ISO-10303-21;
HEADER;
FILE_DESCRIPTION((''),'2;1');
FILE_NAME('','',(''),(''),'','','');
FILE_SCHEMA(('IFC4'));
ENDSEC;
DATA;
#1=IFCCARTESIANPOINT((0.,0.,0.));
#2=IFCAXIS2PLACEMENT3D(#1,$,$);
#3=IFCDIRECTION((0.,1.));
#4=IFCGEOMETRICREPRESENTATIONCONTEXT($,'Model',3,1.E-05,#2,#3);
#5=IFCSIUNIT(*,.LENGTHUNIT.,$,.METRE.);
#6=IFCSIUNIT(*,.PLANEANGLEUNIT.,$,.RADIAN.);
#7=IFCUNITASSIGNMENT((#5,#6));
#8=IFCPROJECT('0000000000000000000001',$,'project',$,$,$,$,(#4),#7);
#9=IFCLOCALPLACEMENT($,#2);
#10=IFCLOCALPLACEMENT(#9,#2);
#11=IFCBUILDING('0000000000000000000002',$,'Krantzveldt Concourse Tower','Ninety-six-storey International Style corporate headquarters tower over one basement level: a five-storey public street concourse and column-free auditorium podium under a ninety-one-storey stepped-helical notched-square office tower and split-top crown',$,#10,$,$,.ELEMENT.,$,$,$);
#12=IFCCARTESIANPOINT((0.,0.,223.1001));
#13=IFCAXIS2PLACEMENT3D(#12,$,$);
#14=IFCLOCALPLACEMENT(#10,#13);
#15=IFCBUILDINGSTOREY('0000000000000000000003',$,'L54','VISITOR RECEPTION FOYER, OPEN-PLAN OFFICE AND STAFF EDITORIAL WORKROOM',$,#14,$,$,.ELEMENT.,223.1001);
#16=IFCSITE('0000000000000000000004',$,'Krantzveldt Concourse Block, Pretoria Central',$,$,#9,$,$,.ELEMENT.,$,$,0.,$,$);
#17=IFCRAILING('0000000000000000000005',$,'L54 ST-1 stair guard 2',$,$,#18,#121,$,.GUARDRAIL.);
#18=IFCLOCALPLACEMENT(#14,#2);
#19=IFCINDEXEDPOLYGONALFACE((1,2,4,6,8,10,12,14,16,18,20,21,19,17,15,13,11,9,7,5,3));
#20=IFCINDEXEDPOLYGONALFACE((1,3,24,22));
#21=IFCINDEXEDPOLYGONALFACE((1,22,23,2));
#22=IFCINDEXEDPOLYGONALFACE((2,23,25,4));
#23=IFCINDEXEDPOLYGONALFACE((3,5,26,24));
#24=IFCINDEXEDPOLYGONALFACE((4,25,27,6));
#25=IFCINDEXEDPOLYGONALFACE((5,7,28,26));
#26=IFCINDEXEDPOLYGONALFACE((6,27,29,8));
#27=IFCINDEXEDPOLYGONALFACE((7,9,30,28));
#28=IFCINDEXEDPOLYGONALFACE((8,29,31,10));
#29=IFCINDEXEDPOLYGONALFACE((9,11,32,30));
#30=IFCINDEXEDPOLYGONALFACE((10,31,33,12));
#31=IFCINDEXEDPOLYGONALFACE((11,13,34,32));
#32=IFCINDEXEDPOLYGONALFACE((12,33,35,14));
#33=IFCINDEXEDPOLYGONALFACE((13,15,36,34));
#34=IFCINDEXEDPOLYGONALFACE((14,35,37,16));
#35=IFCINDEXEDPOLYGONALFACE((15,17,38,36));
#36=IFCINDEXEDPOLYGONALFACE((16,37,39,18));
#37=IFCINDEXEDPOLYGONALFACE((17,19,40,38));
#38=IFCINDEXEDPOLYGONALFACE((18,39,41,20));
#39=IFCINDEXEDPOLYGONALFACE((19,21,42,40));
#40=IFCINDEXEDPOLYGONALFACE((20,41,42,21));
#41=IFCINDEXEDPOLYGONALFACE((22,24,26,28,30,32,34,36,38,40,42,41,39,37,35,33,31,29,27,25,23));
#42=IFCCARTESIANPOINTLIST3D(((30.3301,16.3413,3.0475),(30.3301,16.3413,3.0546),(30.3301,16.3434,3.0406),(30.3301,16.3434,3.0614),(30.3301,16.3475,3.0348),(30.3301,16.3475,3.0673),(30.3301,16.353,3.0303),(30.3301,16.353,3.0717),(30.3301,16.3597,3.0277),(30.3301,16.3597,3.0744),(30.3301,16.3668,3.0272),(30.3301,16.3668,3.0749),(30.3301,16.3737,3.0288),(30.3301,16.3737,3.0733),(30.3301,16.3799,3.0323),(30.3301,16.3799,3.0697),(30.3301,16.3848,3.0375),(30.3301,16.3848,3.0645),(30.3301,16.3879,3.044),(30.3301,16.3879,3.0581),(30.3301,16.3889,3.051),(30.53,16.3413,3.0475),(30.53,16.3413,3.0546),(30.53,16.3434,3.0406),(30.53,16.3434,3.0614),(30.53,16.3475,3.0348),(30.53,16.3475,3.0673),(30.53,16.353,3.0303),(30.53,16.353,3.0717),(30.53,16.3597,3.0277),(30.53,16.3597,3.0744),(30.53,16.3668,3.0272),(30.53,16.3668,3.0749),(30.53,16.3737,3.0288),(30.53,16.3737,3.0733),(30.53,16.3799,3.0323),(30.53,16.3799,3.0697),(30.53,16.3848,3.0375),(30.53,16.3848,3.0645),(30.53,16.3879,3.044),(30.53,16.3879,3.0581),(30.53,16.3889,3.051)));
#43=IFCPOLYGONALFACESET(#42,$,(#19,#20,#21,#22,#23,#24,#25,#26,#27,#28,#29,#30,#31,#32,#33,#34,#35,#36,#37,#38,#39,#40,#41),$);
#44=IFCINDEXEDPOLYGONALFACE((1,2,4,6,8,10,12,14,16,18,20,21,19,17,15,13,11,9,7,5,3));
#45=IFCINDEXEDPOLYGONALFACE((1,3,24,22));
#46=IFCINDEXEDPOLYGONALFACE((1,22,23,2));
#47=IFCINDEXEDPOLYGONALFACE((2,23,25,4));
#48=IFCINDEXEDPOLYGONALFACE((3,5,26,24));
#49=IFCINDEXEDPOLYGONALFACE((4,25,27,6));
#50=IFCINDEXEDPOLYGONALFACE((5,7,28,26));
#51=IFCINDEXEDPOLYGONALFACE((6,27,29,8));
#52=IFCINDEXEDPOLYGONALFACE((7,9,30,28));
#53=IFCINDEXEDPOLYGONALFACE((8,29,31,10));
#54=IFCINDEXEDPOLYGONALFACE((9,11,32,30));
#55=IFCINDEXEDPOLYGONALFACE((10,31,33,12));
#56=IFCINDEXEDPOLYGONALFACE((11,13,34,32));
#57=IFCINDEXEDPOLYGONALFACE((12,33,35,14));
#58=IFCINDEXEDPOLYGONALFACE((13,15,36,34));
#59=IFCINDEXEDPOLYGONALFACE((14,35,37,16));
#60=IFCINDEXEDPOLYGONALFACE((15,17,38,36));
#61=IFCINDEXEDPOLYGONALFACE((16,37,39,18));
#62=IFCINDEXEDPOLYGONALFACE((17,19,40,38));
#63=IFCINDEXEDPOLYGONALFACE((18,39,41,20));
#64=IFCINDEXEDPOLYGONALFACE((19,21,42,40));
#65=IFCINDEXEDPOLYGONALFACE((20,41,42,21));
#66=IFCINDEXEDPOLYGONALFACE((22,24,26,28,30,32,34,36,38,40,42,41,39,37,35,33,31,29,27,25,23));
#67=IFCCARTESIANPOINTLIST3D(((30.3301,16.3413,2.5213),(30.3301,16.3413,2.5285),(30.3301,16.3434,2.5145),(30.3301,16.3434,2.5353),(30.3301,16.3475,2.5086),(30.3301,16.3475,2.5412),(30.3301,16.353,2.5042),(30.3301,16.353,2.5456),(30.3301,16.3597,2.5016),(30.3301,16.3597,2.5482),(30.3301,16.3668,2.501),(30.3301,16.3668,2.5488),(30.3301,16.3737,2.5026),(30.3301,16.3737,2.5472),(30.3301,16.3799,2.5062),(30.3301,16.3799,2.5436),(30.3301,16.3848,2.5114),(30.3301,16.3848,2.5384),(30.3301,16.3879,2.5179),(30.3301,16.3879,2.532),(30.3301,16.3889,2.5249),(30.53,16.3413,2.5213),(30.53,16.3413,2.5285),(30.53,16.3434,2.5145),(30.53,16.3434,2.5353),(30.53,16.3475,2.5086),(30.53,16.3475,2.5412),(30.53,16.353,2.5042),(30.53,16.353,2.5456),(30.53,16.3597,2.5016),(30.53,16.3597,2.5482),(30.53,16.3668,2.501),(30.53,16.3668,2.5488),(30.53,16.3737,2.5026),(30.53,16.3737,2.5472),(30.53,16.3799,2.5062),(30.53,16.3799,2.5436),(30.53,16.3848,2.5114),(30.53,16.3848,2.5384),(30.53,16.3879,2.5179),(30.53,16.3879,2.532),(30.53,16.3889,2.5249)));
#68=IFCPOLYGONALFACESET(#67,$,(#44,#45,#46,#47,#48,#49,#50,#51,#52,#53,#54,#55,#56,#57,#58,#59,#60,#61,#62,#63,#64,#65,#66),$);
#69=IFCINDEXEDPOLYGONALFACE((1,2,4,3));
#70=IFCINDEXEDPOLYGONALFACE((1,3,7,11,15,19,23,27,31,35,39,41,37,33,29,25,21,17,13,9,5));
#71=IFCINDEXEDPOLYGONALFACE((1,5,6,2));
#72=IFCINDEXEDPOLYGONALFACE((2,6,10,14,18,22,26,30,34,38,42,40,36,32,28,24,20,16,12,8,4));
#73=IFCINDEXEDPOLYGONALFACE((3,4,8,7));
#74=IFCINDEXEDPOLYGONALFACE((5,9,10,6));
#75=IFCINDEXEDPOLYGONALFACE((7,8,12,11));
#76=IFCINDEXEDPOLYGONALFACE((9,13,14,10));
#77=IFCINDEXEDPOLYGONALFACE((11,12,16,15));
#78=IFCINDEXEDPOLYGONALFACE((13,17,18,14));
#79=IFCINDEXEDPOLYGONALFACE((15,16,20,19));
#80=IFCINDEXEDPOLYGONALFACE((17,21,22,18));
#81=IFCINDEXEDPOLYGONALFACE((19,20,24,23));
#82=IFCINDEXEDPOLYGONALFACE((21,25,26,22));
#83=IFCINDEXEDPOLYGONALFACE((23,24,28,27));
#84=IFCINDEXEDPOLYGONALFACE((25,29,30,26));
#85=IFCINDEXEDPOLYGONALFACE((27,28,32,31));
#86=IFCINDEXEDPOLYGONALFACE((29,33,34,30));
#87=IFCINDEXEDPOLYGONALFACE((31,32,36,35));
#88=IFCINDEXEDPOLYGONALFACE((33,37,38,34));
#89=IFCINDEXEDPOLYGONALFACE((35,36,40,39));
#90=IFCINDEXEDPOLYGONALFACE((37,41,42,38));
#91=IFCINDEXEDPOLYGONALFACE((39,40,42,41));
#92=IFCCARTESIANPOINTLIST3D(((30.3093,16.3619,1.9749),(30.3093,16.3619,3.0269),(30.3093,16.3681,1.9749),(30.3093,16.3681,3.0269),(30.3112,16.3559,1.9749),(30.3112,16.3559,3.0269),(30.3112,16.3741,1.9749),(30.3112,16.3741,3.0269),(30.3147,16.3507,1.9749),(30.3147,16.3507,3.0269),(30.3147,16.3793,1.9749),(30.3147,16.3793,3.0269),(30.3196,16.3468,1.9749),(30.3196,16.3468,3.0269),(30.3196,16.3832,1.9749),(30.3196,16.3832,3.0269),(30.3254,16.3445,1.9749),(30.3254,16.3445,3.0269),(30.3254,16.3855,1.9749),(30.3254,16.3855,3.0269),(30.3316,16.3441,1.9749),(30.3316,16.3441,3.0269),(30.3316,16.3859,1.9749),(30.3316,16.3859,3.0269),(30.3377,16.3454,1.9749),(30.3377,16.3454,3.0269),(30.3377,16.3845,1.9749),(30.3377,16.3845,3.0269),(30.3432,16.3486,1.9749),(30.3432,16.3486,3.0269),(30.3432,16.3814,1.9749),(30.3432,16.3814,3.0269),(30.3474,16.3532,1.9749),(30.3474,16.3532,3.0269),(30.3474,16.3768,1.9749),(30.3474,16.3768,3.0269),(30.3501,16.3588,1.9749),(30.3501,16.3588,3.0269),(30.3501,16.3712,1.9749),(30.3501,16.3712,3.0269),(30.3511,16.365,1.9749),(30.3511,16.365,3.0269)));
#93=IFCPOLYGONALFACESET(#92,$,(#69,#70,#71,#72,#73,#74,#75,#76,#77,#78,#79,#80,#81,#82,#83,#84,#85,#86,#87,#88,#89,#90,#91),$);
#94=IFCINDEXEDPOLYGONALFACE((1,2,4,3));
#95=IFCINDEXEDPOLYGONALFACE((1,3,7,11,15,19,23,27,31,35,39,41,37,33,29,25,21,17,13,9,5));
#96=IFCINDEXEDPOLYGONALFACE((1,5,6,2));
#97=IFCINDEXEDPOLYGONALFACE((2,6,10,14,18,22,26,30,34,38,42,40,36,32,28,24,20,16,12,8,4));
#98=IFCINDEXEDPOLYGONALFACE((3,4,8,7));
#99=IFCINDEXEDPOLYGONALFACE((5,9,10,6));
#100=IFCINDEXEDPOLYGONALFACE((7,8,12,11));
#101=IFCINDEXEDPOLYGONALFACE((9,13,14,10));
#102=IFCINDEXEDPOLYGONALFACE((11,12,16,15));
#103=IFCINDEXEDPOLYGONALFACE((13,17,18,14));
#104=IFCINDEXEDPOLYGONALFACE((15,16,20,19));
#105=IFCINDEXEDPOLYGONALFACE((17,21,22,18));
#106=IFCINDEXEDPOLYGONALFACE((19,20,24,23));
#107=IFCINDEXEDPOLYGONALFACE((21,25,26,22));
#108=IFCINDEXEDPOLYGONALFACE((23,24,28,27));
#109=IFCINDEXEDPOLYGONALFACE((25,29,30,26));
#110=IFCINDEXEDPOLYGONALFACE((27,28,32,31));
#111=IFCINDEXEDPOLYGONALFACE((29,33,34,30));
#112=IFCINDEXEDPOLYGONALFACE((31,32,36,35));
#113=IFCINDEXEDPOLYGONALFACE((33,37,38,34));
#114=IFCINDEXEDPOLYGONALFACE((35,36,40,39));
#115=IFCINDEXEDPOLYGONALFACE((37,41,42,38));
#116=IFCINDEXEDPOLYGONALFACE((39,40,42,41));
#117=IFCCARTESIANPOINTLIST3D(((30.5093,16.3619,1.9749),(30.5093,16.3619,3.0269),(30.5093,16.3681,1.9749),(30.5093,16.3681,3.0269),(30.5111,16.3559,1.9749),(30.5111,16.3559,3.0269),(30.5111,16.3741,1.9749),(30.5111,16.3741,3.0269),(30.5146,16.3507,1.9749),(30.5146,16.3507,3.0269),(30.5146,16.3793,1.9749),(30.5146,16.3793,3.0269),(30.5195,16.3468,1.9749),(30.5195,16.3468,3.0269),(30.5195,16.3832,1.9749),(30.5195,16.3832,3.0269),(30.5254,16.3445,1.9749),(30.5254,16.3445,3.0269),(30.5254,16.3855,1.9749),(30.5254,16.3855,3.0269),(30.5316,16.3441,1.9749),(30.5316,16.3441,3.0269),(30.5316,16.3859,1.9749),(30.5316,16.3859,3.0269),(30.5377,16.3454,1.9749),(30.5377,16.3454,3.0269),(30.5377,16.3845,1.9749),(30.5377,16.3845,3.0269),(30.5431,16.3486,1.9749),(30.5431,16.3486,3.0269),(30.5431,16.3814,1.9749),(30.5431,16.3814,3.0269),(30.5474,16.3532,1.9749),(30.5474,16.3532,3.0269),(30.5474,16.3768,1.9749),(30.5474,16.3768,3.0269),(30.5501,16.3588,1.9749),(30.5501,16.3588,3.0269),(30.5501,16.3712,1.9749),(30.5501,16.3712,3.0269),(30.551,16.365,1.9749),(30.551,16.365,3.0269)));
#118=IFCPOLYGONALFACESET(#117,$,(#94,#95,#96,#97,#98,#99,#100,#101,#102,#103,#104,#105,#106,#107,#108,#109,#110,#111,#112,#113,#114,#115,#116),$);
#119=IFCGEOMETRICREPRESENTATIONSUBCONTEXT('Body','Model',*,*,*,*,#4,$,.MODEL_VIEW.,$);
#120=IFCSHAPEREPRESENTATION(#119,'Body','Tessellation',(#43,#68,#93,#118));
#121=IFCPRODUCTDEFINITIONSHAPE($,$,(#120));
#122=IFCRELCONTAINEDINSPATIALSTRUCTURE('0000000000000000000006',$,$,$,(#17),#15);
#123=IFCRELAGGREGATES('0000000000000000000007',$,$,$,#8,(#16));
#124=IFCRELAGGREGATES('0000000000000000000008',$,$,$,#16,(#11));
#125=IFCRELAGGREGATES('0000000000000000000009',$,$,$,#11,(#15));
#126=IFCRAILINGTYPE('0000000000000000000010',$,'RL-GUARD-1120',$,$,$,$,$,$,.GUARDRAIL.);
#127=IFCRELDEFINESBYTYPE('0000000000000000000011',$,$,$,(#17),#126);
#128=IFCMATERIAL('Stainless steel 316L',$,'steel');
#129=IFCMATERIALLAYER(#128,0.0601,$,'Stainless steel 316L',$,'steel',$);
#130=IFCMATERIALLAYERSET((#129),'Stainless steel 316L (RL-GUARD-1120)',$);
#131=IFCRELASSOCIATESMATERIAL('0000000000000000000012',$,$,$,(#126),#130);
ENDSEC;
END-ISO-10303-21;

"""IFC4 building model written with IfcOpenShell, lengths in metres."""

from ifc_helpers import new_model, si_unit, direction, frame, origin, origin_2d, place, context, subcontext, project, spatial, circle, extrude, material, layer, layer_set, type_object, element, save


model = new_model("IFC4")

# Units and contexts
model_context = context("Model", 3, precision=1e-05, world=origin(), true_north=direction((0.0, 1.0)))
body_context = subcontext(model_context, "Body", "Model", "MODEL_VIEW")
ifc_project = project(units=[si_unit("LENGTHUNIT", "METRE"), si_unit("PLANEANGLEUNIT", "RADIAN")], contexts=[model_context])

# Site, building, storey
site_placement = place(None, origin())
site = spatial("IfcSite", under=ifc_project, at=site_placement, Name="Krantzveldt Concourse Block, Pretoria Central", CompositionType="ELEMENT", RefElevation=0.0)
building_placement = place(site_placement, origin())
building = spatial("IfcBuilding", under=site, at=building_placement, Name="Krantzveldt Concourse Tower", Description="Ninety-six-storey International Style corporate headquarters tower over one basement level: a five-storey public street concourse and column-free auditorium podium under a ninety-one-storey stepped-helical notched-square office tower and split-top crown", CompositionType="ELEMENT")
storey_placement = place(building_placement, frame((0.0, 0.0, 223.1001)))
storey = spatial("IfcBuildingStorey", under=building, at=storey_placement, Name="L54", Description="VISITOR RECEPTION FOYER, OPEN-PLAN OFFICE AND STAFF EDITORIAL WORKROOM", CompositionType="ELEMENT", Elevation=223.1001)

# Railing
ifc_material_1 = material(Name="Stainless steel 316L", Category="steel")
ifc_layer_1 = layer(ifc_material_1, 0.0601, Name="Stainless steel 316L", Category="steel")
ifc_layer_set_1 = layer_set([ifc_layer_1], Name="Stainless steel 316L (RL-GUARD-1120)")
railing_type_1 = type_object("IfcRailingType", Name="RL-GUARD-1120", PredefinedType="GUARDRAIL", material=ifc_layer_set_1)
railing_1_placement = place(storey_placement, frame((30.3301, 16.365, 1.9749)))
element("IfcRailing", 1, at=railing_1_placement, inside=storey, type_object=railing_type_1, Name="L54 ST-1 stair guard 2", PredefinedType="GUARDRAIL", context=body_context, shape_type="SweptSolid", body=[
    extrude(circle(Radius=0.0239, at=origin_2d()), frame((0.0, 0.0, 1.0762), z_axis=(1.0, 0.0, 0.0), x_axis=(0.0, 1.0, 0.0)), (0.0, 0.0, 1.0), 0.2),
    extrude(circle(Radius=0.0239, at=origin_2d()), frame((0.0, 0.0, 0.55), z_axis=(1.0, 0.0, 0.0), x_axis=(0.0, 1.0, 0.0)), (0.0, 0.0, 1.0), 0.2),
    extrude(circle(Radius=0.021, at=origin_2d()), origin(), (0.0, 0.0, 1.0), 1.052),
    extrude(circle(Radius=0.021, at=origin_2d()), frame((0.2, 0.0, 0.0)), (0.0, 0.0, 1.0), 1.052),
])

save(model, "model.ifc")
